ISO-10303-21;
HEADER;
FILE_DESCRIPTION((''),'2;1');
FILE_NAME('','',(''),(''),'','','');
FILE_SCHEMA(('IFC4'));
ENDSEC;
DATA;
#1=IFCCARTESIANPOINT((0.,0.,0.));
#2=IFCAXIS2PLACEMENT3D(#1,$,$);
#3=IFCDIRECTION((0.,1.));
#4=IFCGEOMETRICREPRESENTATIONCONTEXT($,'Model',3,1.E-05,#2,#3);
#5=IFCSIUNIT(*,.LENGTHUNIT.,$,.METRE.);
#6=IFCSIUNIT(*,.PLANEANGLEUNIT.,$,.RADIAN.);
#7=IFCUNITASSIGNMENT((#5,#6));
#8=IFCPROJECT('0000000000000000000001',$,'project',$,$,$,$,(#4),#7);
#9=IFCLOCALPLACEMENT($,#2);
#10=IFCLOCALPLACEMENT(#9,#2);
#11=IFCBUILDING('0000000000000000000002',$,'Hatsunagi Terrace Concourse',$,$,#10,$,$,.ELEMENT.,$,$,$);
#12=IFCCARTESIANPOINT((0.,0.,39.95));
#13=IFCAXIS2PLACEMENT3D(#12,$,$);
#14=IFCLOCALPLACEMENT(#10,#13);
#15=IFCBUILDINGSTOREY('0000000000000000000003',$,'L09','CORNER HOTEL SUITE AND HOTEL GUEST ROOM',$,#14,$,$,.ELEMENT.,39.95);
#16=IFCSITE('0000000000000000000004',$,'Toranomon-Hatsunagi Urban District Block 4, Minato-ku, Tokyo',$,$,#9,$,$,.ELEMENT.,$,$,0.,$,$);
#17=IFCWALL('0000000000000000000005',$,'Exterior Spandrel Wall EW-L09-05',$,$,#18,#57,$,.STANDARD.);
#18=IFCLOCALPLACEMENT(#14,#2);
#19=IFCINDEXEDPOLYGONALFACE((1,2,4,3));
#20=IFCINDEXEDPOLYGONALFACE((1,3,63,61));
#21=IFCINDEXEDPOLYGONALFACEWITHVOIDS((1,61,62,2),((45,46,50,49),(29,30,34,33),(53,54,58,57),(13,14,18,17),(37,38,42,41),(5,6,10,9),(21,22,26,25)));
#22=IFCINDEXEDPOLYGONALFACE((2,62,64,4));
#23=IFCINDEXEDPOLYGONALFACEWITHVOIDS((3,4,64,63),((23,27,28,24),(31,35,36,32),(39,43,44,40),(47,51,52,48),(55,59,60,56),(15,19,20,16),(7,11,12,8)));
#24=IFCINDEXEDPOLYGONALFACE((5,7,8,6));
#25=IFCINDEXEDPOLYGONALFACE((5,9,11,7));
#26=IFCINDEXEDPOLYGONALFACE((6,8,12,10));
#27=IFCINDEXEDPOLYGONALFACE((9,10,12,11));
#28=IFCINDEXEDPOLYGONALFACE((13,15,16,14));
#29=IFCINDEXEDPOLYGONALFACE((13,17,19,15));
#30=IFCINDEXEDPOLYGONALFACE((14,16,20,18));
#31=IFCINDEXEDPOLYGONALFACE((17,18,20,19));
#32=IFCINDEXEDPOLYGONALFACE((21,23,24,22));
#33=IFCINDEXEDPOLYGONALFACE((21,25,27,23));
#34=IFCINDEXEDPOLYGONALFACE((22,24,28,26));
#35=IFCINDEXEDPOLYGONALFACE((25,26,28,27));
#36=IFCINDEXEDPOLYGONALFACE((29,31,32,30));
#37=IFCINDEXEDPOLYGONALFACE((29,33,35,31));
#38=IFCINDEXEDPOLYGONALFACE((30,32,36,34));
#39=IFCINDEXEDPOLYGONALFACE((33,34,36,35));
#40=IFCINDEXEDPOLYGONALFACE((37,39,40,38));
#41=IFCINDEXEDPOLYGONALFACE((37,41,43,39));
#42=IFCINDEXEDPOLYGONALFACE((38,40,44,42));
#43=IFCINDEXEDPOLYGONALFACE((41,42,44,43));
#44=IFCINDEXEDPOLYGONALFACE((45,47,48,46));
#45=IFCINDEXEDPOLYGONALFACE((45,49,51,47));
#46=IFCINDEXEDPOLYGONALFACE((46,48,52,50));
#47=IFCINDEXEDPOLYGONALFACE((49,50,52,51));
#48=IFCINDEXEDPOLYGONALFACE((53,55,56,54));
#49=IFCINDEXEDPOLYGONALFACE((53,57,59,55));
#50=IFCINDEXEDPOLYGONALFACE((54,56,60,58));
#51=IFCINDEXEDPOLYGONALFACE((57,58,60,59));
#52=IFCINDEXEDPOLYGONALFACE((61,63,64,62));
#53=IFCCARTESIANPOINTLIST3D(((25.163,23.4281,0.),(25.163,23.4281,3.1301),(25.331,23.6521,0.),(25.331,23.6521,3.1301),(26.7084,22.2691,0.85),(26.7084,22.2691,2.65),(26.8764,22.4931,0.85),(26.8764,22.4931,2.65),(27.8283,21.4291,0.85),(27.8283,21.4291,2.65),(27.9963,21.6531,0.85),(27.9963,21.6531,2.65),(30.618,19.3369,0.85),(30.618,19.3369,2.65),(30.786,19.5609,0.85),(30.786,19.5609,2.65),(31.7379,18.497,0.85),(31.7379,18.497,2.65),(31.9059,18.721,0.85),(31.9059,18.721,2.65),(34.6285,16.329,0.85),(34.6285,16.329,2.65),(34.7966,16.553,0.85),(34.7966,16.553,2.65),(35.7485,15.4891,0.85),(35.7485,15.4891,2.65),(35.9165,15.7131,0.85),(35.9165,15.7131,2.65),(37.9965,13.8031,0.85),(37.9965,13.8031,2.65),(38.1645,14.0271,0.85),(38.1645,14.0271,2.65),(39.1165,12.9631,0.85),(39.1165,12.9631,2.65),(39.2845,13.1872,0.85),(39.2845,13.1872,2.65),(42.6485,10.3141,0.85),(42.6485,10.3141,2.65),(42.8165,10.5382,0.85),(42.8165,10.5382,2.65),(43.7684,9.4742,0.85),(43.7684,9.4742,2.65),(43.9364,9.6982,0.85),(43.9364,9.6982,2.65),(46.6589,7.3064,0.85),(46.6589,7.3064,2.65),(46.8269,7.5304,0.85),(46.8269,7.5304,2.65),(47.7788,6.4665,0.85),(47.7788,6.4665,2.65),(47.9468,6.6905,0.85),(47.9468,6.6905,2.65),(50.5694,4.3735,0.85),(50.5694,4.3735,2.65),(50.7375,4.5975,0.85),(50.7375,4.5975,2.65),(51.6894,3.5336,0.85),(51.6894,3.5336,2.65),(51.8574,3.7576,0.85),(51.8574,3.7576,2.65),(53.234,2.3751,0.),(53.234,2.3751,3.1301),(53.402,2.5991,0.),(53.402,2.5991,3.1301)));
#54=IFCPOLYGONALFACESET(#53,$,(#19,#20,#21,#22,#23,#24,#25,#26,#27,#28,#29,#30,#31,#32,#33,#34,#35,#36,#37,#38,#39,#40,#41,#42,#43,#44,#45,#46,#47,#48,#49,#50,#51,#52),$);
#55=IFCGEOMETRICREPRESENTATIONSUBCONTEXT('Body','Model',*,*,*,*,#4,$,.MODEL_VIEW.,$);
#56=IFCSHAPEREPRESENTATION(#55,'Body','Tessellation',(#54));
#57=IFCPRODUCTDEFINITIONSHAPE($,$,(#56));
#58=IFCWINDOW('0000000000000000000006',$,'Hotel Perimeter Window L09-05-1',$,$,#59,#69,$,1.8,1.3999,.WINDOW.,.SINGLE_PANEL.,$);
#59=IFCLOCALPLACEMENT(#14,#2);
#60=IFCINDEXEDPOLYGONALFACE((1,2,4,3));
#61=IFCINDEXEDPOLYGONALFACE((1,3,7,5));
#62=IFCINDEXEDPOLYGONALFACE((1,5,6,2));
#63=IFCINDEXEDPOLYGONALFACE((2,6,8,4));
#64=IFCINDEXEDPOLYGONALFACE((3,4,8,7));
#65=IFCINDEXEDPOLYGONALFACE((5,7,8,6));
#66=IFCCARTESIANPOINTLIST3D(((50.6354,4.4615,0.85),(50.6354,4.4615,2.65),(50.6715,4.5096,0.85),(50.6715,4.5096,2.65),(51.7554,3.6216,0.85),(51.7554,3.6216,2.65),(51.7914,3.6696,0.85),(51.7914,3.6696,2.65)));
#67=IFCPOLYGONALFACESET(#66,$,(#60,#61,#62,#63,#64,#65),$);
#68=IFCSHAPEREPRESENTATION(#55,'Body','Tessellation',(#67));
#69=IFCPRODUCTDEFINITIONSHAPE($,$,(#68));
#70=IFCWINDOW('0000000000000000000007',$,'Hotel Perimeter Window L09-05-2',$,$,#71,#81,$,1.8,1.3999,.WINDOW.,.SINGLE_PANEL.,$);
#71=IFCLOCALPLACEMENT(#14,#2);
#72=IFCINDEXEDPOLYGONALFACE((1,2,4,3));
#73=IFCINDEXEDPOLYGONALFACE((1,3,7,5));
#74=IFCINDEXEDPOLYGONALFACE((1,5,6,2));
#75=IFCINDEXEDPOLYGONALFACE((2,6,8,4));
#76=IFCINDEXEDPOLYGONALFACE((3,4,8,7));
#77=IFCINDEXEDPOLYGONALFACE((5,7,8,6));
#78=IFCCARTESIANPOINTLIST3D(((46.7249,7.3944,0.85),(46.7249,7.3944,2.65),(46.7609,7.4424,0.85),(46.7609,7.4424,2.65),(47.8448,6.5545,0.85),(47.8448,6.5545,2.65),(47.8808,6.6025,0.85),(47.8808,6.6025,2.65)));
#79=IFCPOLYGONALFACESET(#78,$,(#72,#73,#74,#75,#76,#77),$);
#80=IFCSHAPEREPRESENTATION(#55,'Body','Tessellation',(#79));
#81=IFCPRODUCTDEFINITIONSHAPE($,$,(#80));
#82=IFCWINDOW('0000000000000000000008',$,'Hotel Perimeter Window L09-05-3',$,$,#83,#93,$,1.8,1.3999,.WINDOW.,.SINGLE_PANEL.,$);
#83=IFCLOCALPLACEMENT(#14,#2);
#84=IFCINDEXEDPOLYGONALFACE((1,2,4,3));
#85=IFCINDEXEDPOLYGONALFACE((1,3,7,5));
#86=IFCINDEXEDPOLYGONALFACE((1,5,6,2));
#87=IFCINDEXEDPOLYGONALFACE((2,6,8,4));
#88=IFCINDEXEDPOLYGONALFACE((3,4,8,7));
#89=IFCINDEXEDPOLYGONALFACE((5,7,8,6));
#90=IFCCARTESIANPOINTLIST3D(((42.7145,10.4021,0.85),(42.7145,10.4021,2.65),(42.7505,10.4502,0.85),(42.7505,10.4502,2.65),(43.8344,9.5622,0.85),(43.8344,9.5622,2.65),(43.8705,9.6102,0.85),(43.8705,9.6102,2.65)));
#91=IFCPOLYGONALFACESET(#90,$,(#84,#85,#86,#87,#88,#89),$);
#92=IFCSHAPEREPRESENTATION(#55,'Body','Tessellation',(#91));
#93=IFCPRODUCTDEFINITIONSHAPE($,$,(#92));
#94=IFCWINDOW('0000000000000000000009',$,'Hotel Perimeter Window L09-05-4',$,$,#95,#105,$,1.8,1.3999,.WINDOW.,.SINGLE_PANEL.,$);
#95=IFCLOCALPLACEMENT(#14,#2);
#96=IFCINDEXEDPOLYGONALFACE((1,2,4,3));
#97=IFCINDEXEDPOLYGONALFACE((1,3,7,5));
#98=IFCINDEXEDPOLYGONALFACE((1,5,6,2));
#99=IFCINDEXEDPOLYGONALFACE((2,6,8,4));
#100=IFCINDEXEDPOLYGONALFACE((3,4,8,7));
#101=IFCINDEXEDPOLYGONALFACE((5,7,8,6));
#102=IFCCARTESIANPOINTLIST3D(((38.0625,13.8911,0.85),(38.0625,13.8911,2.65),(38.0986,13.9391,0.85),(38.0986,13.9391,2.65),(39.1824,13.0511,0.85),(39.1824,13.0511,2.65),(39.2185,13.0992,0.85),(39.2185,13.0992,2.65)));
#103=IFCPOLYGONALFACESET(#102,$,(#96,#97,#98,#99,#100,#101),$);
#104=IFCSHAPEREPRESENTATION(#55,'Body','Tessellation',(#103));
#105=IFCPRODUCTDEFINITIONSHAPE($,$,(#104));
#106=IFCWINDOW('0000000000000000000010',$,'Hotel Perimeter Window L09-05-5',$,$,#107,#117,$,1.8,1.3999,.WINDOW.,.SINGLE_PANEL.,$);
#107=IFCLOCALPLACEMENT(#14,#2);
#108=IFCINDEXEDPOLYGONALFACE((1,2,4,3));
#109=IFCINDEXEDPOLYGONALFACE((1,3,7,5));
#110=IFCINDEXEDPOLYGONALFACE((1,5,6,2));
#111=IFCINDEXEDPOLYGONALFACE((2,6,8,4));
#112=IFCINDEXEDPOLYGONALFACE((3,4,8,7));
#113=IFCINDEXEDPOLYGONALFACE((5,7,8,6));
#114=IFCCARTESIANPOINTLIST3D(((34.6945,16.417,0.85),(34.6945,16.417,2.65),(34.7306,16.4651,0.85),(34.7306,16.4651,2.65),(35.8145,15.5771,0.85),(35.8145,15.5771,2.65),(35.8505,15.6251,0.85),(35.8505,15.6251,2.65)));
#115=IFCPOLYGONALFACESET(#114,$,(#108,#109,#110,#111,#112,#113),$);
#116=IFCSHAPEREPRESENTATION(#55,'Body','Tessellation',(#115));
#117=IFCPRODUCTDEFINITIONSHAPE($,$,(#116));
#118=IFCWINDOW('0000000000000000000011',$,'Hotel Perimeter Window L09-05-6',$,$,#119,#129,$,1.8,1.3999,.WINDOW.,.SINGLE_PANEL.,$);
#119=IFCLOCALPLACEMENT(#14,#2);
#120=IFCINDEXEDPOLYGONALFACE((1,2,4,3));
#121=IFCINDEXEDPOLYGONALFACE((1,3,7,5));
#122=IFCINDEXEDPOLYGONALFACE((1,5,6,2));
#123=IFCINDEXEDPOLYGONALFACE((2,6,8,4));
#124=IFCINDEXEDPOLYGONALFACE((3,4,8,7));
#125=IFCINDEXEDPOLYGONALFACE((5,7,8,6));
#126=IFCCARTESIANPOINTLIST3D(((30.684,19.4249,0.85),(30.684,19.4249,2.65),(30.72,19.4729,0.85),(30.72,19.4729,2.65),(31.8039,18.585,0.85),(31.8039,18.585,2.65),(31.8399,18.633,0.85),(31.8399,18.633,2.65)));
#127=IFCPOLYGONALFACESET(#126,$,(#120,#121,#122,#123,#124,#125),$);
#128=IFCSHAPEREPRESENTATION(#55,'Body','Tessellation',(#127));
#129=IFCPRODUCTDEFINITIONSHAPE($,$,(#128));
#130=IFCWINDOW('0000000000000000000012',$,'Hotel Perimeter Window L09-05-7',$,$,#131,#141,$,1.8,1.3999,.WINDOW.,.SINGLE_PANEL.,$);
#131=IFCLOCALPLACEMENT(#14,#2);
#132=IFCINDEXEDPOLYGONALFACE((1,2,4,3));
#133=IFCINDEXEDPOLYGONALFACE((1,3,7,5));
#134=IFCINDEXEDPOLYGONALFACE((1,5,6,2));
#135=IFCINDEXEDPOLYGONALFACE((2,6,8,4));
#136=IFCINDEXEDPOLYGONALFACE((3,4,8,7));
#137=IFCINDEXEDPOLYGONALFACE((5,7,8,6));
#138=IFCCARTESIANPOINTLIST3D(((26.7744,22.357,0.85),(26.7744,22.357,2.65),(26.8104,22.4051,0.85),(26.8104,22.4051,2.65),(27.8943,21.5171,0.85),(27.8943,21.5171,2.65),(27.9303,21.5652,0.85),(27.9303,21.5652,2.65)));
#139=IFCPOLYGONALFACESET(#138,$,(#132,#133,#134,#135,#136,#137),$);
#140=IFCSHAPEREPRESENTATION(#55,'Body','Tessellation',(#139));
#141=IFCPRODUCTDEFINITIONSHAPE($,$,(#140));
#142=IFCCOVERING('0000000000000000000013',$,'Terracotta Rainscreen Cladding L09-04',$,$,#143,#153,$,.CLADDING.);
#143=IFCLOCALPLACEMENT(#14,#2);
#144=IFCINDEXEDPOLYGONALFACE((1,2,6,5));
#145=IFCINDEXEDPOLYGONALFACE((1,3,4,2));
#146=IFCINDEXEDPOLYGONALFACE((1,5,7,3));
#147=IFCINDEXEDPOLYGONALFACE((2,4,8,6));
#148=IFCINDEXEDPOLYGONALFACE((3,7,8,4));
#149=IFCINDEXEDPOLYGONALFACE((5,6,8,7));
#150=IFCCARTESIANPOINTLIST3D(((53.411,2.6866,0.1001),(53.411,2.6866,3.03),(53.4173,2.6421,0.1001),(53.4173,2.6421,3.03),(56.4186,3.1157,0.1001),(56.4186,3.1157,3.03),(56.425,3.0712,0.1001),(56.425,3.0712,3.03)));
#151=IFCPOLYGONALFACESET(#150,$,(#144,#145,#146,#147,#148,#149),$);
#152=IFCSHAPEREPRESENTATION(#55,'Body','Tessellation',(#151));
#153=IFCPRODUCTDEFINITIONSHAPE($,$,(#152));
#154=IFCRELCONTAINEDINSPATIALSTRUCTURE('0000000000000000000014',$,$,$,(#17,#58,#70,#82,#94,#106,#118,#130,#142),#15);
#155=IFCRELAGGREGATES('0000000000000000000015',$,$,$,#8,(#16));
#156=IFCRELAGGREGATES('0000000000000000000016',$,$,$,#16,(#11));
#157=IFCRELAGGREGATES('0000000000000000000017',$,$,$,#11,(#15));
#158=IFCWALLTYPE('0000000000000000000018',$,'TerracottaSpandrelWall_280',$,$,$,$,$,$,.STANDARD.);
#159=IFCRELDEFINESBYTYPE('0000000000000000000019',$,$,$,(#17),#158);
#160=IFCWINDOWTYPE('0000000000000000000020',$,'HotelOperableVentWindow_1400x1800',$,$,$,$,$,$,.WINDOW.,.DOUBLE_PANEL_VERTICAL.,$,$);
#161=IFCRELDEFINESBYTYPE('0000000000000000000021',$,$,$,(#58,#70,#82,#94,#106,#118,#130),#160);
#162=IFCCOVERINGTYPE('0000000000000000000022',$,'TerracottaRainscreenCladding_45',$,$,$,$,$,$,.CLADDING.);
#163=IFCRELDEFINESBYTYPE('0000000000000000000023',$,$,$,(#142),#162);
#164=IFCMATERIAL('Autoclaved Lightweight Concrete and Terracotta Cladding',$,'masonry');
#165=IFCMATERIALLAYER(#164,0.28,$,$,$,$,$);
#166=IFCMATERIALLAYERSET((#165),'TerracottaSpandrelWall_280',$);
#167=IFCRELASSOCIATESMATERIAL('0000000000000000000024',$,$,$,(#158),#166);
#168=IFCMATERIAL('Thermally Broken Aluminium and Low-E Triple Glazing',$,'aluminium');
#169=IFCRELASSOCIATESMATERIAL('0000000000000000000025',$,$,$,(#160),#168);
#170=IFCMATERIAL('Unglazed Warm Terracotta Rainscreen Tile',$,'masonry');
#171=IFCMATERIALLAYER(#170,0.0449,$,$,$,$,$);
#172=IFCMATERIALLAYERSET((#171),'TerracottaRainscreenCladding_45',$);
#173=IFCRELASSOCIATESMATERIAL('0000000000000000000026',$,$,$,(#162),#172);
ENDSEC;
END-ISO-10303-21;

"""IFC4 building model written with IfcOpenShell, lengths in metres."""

from ifc_helpers import new_model, si_unit, direction, frame, frame_2d, origin, origin_2d, place, context, subcontext, project, spatial, rectangle, extrude, material, layer, layer_set, type_object, element, fill, save


model = new_model("IFC4")

# Units and contexts
model_context = context("Model", 3, precision=1e-05, world=origin(), true_north=direction((0.0, 1.0)))
body_context = subcontext(model_context, "Body", "Model", "MODEL_VIEW")
ifc_project = project(units=[si_unit("LENGTHUNIT", "METRE"), si_unit("PLANEANGLEUNIT", "RADIAN")], contexts=[model_context])

# Site, building, storey
site_placement = place(None, origin())
site = spatial("IfcSite", under=ifc_project, at=site_placement, Name="Toranomon-Hatsunagi Urban District Block 4, Minato-ku, Tokyo", CompositionType="ELEMENT", RefElevation=0.0)
building_placement = place(site_placement, origin())
building = spatial("IfcBuilding", under=site, at=building_placement, Name="Hatsunagi Terrace Concourse", CompositionType="ELEMENT")
storey_placement = place(building_placement, frame((0.0, 0.0, 39.95)))
storey = spatial("IfcBuildingStorey", under=building, at=storey_placement, Name="L09", Description="CORNER HOTEL SUITE AND HOTEL GUEST ROOM", CompositionType="ELEMENT", Elevation=39.95)

# Wall, openings, windows
ifc_material_1 = material(Name="Autoclaved Lightweight Concrete and Terracotta Cladding", Category="masonry")
ifc_layer_1 = layer(ifc_material_1, 0.28)
ifc_layer_set_1 = layer_set([ifc_layer_1], Name="TerracottaSpandrelWall_280")
wall_type_1 = type_object("IfcWallType", Name="TerracottaSpandrelWall_280", PredefinedType="STANDARD", material=ifc_layer_set_1)
wall_1_placement = place(storey_placement, frame((53.3181, 2.4871, 0.0), z_axis=(0.0, 0.0, 1.0), x_axis=(-0.800004, 0.599994, 0.0)))
wall_1 = element("IfcWall", 1, at=wall_1_placement, inside=storey, type_object=wall_type_1, Name="Exterior Spandrel Wall EW-L09-05", PredefinedType="STANDARD", context=body_context, shape_type="SweptSolid", body=[
    extrude(rectangle(XDim=35.0886, YDim=0.28, at=frame_2d((17.5444, 0.0))), origin(), (0.0, 0.0, 1.0), 3.1301),
])
opening_1_placement = place(wall_1_placement, frame((1.9309, 0.0, 0.8501)))
opening_1 = element("IfcOpeningElement", 2, at=opening_1_placement, cuts=wall_1, PredefinedType="OPENING", context=body_context, shape_type="SweptSolid", body=[
    extrude(rectangle(XDim=1.3999, YDim=1.8, at=frame_2d((0.7, 0.8999))), frame((0.0, 0.1499, 0.0), z_axis=(0.0, -1.0, 0.0), x_axis=(1.0, 0.0, 0.0)), (0.0, 0.0, 1.0), 0.3),
])
opening_2_placement = place(wall_1_placement, frame((6.8191, 0.0, 0.8501)))
opening_2 = element("IfcOpeningElement", 3, at=opening_2_placement, cuts=wall_1, PredefinedType="OPENING", context=body_context, shape_type="SweptSolid", body=[
    extrude(rectangle(XDim=1.3999, YDim=1.8, at=frame_2d((0.7, 0.8999))), frame((0.0, 0.1499, 0.0), z_axis=(0.0, -1.0, 0.0), x_axis=(1.0, 0.0, 0.0)), (0.0, 0.0, 1.0), 0.3),
])
opening_3_placement = place(wall_1_placement, frame((11.832, 0.0, 0.8501)))
opening_3 = element("IfcOpeningElement", 4, at=opening_3_placement, cuts=wall_1, PredefinedType="OPENING", context=body_context, shape_type="SweptSolid", body=[
    extrude(rectangle(XDim=1.3999, YDim=1.8, at=frame_2d((0.7, 0.8999))), frame((0.0, 0.1499, 0.0), z_axis=(0.0, -1.0, 0.0), x_axis=(1.0, 0.0, 0.0)), (0.0, 0.0, 1.0), 0.3),
])
opening_4_placement = place(wall_1_placement, frame((17.647, 0.0, 0.8501)))
opening_4 = element("IfcOpeningElement", 5, at=opening_4_placement, cuts=wall_1, PredefinedType="OPENING", context=body_context, shape_type="SweptSolid", body=[
    extrude(rectangle(XDim=1.3999, YDim=1.8, at=frame_2d((0.7, 0.8999))), frame((0.0, 0.1499, 0.0), z_axis=(0.0, -1.0, 0.0), x_axis=(1.0, 0.0, 0.0)), (0.0, 0.0, 1.0), 0.3),
])
opening_5_placement = place(wall_1_placement, frame((21.8569, 0.0, 0.8501)))
opening_5 = element("IfcOpeningElement", 6, at=opening_5_placement, cuts=wall_1, PredefinedType="OPENING", context=body_context, shape_type="SweptSolid", body=[
    extrude(rectangle(XDim=1.3999, YDim=1.8, at=frame_2d((0.7, 0.8999))), frame((0.0, 0.1499, 0.0), z_axis=(0.0, -1.0, 0.0), x_axis=(1.0, 0.0, 0.0)), (0.0, 0.0, 1.0), 0.3),
])
opening_6_placement = place(wall_1_placement, frame((26.8701, 0.0, 0.8501)))
opening_6 = element("IfcOpeningElement", 7, at=opening_6_placement, cuts=wall_1, PredefinedType="OPENING", context=body_context, shape_type="SweptSolid", body=[
    extrude(rectangle(XDim=1.3999, YDim=1.8, at=frame_2d((0.7, 0.8999))), frame((0.0, 0.1499, 0.0), z_axis=(0.0, -1.0, 0.0), x_axis=(1.0, 0.0, 0.0)), (0.0, 0.0, 1.0), 0.3),
])
opening_7_placement = place(wall_1_placement, frame((31.7571, 0.0, 0.8501)))
opening_7 = element("IfcOpeningElement", 8, at=opening_7_placement, cuts=wall_1, PredefinedType="OPENING", context=body_context, shape_type="SweptSolid", body=[
    extrude(rectangle(XDim=1.3999, YDim=1.8, at=frame_2d((0.7, 0.8999))), frame((0.0, 0.1499, 0.0), z_axis=(0.0, -1.0, 0.0), x_axis=(1.0, 0.0, 0.0)), (0.0, 0.0, 1.0), 0.3),
])
ifc_material_2 = material(Name="Thermally Broken Aluminium and Low-E Triple Glazing", Category="aluminium")
window_type = type_object("IfcWindowType", Name="HotelOperableVentWindow_1400x1800", PartitioningType="DOUBLE_PANEL_VERTICAL", PredefinedType="WINDOW", material=ifc_material_2)
window_1_placement = place(opening_1_placement, origin())
window_1 = element("IfcWindow", 9, at=window_1_placement, inside=storey, type_object=window_type, Name="Hotel Perimeter Window L09-05-1", OverallHeight=1.8, OverallWidth=1.3999, PartitioningType="SINGLE_PANEL", PredefinedType="WINDOW", context=body_context, shape_type="SweptSolid", body=[
    extrude(rectangle(XDim=1.3999, YDim=1.8, at=frame_2d((0.7, 0.8999))), frame((0.0, 0.03, 0.0), z_axis=(0.0, -1.0, 0.0), x_axis=(1.0, 0.0, 0.0)), (0.0, 0.0, 1.0), 0.0601),
])
fill(opening_1, window_1)
window_2_placement = place(opening_2_placement, origin())
window_2 = element("IfcWindow", 10, at=window_2_placement, inside=storey, type_object=window_type, Name="Hotel Perimeter Window L09-05-2", OverallHeight=1.8, OverallWidth=1.3999, PartitioningType="SINGLE_PANEL", PredefinedType="WINDOW", context=body_context, shape_type="SweptSolid", body=[
    extrude(rectangle(XDim=1.3999, YDim=1.8, at=frame_2d((0.7, 0.8999))), frame((0.0, 0.03, 0.0), z_axis=(0.0, -1.0, 0.0), x_axis=(1.0, 0.0, 0.0)), (0.0, 0.0, 1.0), 0.0601),
])
fill(opening_2, window_2)
window_3_placement = place(opening_3_placement, origin())
window_3 = element("IfcWindow", 11, at=window_3_placement, inside=storey, type_object=window_type, Name="Hotel Perimeter Window L09-05-3", OverallHeight=1.8, OverallWidth=1.3999, PartitioningType="SINGLE_PANEL", PredefinedType="WINDOW", context=body_context, shape_type="SweptSolid", body=[
    extrude(rectangle(XDim=1.3999, YDim=1.8, at=frame_2d((0.7, 0.8999))), frame((0.0, 0.03, 0.0), z_axis=(0.0, -1.0, 0.0), x_axis=(1.0, 0.0, 0.0)), (0.0, 0.0, 1.0), 0.0601),
])
fill(opening_3, window_3)
window_4_placement = place(opening_4_placement, origin())
window_4 = element("IfcWindow", 12, at=window_4_placement, inside=storey, type_object=window_type, Name="Hotel Perimeter Window L09-05-4", OverallHeight=1.8, OverallWidth=1.3999, PartitioningType="SINGLE_PANEL", PredefinedType="WINDOW", context=body_context, shape_type="SweptSolid", body=[
    extrude(rectangle(XDim=1.3999, YDim=1.8, at=frame_2d((0.7, 0.8999))), frame((0.0, 0.03, 0.0), z_axis=(0.0, -1.0, 0.0), x_axis=(1.0, 0.0, 0.0)), (0.0, 0.0, 1.0), 0.0601),
])
fill(opening_4, window_4)
window_5_placement = place(opening_5_placement, origin())
window_5 = element("IfcWindow", 13, at=window_5_placement, inside=storey, type_object=window_type, Name="Hotel Perimeter Window L09-05-5", OverallHeight=1.8, OverallWidth=1.3999, PartitioningType="SINGLE_PANEL", PredefinedType="WINDOW", context=body_context, shape_type="SweptSolid", body=[
    extrude(rectangle(XDim=1.3999, YDim=1.8, at=frame_2d((0.7, 0.8999))), frame((0.0, 0.03, 0.0), z_axis=(0.0, -1.0, 0.0), x_axis=(1.0, 0.0, 0.0)), (0.0, 0.0, 1.0), 0.0601),
])
fill(opening_5, window_5)
window_6_placement = place(opening_6_placement, origin())
window_6 = element("IfcWindow", 14, at=window_6_placement, inside=storey, type_object=window_type, Name="Hotel Perimeter Window L09-05-6", OverallHeight=1.8, OverallWidth=1.3999, PartitioningType="SINGLE_PANEL", PredefinedType="WINDOW", context=body_context, shape_type="SweptSolid", body=[
    extrude(rectangle(XDim=1.3999, YDim=1.8, at=frame_2d((0.7, 0.8999))), frame((0.0, 0.03, 0.0), z_axis=(0.0, -1.0, 0.0), x_axis=(1.0, 0.0, 0.0)), (0.0, 0.0, 1.0), 0.0601),
])
fill(opening_6, window_6)
window_7_placement = place(opening_7_placement, origin())
window_7 = element("IfcWindow", 15, at=window_7_placement, inside=storey, type_object=window_type, Name="Hotel Perimeter Window L09-05-7", OverallHeight=1.8, OverallWidth=1.3999, PartitioningType="SINGLE_PANEL", PredefinedType="WINDOW", context=body_context, shape_type="SweptSolid", body=[
    extrude(rectangle(XDim=1.3999, YDim=1.8, at=frame_2d((0.7, 0.8999))), frame((0.0, 0.03, 0.0), z_axis=(0.0, -1.0, 0.0), x_axis=(1.0, 0.0, 0.0)), (0.0, 0.0, 1.0), 0.0601),
])
fill(opening_7, window_7)

# Covering
ifc_material_3 = material(Name="Unglazed Warm Terracotta Rainscreen Tile", Category="masonry")
ifc_layer_2 = layer(ifc_material_3, 0.0449)
ifc_layer_set_2 = layer_set([ifc_layer_2], Name="TerracottaRainscreenCladding_45")
covering_type = type_object("IfcCoveringType", Name="TerracottaRainscreenCladding_45", PredefinedType="CLADDING", material=ifc_layer_set_2)
covering_placement = place(storey_placement, frame((54.918, 2.8789, 0.1001), z_axis=(0.0, 0.0, 1.0), x_axis=(-0.989974, -0.14125, 0.0)))
element("IfcCovering", 16, at=covering_placement, inside=storey, type_object=covering_type, Name="Terracotta Rainscreen Cladding L09-04", PredefinedType="CLADDING", context=body_context, shape_type="SweptSolid", body=[
    extrude(rectangle(XDim=3.0381, YDim=0.0449, at=origin_2d()), origin(), (0.0, 0.0, 1.0), 2.9299),
])

save(model, "model.ifc")
